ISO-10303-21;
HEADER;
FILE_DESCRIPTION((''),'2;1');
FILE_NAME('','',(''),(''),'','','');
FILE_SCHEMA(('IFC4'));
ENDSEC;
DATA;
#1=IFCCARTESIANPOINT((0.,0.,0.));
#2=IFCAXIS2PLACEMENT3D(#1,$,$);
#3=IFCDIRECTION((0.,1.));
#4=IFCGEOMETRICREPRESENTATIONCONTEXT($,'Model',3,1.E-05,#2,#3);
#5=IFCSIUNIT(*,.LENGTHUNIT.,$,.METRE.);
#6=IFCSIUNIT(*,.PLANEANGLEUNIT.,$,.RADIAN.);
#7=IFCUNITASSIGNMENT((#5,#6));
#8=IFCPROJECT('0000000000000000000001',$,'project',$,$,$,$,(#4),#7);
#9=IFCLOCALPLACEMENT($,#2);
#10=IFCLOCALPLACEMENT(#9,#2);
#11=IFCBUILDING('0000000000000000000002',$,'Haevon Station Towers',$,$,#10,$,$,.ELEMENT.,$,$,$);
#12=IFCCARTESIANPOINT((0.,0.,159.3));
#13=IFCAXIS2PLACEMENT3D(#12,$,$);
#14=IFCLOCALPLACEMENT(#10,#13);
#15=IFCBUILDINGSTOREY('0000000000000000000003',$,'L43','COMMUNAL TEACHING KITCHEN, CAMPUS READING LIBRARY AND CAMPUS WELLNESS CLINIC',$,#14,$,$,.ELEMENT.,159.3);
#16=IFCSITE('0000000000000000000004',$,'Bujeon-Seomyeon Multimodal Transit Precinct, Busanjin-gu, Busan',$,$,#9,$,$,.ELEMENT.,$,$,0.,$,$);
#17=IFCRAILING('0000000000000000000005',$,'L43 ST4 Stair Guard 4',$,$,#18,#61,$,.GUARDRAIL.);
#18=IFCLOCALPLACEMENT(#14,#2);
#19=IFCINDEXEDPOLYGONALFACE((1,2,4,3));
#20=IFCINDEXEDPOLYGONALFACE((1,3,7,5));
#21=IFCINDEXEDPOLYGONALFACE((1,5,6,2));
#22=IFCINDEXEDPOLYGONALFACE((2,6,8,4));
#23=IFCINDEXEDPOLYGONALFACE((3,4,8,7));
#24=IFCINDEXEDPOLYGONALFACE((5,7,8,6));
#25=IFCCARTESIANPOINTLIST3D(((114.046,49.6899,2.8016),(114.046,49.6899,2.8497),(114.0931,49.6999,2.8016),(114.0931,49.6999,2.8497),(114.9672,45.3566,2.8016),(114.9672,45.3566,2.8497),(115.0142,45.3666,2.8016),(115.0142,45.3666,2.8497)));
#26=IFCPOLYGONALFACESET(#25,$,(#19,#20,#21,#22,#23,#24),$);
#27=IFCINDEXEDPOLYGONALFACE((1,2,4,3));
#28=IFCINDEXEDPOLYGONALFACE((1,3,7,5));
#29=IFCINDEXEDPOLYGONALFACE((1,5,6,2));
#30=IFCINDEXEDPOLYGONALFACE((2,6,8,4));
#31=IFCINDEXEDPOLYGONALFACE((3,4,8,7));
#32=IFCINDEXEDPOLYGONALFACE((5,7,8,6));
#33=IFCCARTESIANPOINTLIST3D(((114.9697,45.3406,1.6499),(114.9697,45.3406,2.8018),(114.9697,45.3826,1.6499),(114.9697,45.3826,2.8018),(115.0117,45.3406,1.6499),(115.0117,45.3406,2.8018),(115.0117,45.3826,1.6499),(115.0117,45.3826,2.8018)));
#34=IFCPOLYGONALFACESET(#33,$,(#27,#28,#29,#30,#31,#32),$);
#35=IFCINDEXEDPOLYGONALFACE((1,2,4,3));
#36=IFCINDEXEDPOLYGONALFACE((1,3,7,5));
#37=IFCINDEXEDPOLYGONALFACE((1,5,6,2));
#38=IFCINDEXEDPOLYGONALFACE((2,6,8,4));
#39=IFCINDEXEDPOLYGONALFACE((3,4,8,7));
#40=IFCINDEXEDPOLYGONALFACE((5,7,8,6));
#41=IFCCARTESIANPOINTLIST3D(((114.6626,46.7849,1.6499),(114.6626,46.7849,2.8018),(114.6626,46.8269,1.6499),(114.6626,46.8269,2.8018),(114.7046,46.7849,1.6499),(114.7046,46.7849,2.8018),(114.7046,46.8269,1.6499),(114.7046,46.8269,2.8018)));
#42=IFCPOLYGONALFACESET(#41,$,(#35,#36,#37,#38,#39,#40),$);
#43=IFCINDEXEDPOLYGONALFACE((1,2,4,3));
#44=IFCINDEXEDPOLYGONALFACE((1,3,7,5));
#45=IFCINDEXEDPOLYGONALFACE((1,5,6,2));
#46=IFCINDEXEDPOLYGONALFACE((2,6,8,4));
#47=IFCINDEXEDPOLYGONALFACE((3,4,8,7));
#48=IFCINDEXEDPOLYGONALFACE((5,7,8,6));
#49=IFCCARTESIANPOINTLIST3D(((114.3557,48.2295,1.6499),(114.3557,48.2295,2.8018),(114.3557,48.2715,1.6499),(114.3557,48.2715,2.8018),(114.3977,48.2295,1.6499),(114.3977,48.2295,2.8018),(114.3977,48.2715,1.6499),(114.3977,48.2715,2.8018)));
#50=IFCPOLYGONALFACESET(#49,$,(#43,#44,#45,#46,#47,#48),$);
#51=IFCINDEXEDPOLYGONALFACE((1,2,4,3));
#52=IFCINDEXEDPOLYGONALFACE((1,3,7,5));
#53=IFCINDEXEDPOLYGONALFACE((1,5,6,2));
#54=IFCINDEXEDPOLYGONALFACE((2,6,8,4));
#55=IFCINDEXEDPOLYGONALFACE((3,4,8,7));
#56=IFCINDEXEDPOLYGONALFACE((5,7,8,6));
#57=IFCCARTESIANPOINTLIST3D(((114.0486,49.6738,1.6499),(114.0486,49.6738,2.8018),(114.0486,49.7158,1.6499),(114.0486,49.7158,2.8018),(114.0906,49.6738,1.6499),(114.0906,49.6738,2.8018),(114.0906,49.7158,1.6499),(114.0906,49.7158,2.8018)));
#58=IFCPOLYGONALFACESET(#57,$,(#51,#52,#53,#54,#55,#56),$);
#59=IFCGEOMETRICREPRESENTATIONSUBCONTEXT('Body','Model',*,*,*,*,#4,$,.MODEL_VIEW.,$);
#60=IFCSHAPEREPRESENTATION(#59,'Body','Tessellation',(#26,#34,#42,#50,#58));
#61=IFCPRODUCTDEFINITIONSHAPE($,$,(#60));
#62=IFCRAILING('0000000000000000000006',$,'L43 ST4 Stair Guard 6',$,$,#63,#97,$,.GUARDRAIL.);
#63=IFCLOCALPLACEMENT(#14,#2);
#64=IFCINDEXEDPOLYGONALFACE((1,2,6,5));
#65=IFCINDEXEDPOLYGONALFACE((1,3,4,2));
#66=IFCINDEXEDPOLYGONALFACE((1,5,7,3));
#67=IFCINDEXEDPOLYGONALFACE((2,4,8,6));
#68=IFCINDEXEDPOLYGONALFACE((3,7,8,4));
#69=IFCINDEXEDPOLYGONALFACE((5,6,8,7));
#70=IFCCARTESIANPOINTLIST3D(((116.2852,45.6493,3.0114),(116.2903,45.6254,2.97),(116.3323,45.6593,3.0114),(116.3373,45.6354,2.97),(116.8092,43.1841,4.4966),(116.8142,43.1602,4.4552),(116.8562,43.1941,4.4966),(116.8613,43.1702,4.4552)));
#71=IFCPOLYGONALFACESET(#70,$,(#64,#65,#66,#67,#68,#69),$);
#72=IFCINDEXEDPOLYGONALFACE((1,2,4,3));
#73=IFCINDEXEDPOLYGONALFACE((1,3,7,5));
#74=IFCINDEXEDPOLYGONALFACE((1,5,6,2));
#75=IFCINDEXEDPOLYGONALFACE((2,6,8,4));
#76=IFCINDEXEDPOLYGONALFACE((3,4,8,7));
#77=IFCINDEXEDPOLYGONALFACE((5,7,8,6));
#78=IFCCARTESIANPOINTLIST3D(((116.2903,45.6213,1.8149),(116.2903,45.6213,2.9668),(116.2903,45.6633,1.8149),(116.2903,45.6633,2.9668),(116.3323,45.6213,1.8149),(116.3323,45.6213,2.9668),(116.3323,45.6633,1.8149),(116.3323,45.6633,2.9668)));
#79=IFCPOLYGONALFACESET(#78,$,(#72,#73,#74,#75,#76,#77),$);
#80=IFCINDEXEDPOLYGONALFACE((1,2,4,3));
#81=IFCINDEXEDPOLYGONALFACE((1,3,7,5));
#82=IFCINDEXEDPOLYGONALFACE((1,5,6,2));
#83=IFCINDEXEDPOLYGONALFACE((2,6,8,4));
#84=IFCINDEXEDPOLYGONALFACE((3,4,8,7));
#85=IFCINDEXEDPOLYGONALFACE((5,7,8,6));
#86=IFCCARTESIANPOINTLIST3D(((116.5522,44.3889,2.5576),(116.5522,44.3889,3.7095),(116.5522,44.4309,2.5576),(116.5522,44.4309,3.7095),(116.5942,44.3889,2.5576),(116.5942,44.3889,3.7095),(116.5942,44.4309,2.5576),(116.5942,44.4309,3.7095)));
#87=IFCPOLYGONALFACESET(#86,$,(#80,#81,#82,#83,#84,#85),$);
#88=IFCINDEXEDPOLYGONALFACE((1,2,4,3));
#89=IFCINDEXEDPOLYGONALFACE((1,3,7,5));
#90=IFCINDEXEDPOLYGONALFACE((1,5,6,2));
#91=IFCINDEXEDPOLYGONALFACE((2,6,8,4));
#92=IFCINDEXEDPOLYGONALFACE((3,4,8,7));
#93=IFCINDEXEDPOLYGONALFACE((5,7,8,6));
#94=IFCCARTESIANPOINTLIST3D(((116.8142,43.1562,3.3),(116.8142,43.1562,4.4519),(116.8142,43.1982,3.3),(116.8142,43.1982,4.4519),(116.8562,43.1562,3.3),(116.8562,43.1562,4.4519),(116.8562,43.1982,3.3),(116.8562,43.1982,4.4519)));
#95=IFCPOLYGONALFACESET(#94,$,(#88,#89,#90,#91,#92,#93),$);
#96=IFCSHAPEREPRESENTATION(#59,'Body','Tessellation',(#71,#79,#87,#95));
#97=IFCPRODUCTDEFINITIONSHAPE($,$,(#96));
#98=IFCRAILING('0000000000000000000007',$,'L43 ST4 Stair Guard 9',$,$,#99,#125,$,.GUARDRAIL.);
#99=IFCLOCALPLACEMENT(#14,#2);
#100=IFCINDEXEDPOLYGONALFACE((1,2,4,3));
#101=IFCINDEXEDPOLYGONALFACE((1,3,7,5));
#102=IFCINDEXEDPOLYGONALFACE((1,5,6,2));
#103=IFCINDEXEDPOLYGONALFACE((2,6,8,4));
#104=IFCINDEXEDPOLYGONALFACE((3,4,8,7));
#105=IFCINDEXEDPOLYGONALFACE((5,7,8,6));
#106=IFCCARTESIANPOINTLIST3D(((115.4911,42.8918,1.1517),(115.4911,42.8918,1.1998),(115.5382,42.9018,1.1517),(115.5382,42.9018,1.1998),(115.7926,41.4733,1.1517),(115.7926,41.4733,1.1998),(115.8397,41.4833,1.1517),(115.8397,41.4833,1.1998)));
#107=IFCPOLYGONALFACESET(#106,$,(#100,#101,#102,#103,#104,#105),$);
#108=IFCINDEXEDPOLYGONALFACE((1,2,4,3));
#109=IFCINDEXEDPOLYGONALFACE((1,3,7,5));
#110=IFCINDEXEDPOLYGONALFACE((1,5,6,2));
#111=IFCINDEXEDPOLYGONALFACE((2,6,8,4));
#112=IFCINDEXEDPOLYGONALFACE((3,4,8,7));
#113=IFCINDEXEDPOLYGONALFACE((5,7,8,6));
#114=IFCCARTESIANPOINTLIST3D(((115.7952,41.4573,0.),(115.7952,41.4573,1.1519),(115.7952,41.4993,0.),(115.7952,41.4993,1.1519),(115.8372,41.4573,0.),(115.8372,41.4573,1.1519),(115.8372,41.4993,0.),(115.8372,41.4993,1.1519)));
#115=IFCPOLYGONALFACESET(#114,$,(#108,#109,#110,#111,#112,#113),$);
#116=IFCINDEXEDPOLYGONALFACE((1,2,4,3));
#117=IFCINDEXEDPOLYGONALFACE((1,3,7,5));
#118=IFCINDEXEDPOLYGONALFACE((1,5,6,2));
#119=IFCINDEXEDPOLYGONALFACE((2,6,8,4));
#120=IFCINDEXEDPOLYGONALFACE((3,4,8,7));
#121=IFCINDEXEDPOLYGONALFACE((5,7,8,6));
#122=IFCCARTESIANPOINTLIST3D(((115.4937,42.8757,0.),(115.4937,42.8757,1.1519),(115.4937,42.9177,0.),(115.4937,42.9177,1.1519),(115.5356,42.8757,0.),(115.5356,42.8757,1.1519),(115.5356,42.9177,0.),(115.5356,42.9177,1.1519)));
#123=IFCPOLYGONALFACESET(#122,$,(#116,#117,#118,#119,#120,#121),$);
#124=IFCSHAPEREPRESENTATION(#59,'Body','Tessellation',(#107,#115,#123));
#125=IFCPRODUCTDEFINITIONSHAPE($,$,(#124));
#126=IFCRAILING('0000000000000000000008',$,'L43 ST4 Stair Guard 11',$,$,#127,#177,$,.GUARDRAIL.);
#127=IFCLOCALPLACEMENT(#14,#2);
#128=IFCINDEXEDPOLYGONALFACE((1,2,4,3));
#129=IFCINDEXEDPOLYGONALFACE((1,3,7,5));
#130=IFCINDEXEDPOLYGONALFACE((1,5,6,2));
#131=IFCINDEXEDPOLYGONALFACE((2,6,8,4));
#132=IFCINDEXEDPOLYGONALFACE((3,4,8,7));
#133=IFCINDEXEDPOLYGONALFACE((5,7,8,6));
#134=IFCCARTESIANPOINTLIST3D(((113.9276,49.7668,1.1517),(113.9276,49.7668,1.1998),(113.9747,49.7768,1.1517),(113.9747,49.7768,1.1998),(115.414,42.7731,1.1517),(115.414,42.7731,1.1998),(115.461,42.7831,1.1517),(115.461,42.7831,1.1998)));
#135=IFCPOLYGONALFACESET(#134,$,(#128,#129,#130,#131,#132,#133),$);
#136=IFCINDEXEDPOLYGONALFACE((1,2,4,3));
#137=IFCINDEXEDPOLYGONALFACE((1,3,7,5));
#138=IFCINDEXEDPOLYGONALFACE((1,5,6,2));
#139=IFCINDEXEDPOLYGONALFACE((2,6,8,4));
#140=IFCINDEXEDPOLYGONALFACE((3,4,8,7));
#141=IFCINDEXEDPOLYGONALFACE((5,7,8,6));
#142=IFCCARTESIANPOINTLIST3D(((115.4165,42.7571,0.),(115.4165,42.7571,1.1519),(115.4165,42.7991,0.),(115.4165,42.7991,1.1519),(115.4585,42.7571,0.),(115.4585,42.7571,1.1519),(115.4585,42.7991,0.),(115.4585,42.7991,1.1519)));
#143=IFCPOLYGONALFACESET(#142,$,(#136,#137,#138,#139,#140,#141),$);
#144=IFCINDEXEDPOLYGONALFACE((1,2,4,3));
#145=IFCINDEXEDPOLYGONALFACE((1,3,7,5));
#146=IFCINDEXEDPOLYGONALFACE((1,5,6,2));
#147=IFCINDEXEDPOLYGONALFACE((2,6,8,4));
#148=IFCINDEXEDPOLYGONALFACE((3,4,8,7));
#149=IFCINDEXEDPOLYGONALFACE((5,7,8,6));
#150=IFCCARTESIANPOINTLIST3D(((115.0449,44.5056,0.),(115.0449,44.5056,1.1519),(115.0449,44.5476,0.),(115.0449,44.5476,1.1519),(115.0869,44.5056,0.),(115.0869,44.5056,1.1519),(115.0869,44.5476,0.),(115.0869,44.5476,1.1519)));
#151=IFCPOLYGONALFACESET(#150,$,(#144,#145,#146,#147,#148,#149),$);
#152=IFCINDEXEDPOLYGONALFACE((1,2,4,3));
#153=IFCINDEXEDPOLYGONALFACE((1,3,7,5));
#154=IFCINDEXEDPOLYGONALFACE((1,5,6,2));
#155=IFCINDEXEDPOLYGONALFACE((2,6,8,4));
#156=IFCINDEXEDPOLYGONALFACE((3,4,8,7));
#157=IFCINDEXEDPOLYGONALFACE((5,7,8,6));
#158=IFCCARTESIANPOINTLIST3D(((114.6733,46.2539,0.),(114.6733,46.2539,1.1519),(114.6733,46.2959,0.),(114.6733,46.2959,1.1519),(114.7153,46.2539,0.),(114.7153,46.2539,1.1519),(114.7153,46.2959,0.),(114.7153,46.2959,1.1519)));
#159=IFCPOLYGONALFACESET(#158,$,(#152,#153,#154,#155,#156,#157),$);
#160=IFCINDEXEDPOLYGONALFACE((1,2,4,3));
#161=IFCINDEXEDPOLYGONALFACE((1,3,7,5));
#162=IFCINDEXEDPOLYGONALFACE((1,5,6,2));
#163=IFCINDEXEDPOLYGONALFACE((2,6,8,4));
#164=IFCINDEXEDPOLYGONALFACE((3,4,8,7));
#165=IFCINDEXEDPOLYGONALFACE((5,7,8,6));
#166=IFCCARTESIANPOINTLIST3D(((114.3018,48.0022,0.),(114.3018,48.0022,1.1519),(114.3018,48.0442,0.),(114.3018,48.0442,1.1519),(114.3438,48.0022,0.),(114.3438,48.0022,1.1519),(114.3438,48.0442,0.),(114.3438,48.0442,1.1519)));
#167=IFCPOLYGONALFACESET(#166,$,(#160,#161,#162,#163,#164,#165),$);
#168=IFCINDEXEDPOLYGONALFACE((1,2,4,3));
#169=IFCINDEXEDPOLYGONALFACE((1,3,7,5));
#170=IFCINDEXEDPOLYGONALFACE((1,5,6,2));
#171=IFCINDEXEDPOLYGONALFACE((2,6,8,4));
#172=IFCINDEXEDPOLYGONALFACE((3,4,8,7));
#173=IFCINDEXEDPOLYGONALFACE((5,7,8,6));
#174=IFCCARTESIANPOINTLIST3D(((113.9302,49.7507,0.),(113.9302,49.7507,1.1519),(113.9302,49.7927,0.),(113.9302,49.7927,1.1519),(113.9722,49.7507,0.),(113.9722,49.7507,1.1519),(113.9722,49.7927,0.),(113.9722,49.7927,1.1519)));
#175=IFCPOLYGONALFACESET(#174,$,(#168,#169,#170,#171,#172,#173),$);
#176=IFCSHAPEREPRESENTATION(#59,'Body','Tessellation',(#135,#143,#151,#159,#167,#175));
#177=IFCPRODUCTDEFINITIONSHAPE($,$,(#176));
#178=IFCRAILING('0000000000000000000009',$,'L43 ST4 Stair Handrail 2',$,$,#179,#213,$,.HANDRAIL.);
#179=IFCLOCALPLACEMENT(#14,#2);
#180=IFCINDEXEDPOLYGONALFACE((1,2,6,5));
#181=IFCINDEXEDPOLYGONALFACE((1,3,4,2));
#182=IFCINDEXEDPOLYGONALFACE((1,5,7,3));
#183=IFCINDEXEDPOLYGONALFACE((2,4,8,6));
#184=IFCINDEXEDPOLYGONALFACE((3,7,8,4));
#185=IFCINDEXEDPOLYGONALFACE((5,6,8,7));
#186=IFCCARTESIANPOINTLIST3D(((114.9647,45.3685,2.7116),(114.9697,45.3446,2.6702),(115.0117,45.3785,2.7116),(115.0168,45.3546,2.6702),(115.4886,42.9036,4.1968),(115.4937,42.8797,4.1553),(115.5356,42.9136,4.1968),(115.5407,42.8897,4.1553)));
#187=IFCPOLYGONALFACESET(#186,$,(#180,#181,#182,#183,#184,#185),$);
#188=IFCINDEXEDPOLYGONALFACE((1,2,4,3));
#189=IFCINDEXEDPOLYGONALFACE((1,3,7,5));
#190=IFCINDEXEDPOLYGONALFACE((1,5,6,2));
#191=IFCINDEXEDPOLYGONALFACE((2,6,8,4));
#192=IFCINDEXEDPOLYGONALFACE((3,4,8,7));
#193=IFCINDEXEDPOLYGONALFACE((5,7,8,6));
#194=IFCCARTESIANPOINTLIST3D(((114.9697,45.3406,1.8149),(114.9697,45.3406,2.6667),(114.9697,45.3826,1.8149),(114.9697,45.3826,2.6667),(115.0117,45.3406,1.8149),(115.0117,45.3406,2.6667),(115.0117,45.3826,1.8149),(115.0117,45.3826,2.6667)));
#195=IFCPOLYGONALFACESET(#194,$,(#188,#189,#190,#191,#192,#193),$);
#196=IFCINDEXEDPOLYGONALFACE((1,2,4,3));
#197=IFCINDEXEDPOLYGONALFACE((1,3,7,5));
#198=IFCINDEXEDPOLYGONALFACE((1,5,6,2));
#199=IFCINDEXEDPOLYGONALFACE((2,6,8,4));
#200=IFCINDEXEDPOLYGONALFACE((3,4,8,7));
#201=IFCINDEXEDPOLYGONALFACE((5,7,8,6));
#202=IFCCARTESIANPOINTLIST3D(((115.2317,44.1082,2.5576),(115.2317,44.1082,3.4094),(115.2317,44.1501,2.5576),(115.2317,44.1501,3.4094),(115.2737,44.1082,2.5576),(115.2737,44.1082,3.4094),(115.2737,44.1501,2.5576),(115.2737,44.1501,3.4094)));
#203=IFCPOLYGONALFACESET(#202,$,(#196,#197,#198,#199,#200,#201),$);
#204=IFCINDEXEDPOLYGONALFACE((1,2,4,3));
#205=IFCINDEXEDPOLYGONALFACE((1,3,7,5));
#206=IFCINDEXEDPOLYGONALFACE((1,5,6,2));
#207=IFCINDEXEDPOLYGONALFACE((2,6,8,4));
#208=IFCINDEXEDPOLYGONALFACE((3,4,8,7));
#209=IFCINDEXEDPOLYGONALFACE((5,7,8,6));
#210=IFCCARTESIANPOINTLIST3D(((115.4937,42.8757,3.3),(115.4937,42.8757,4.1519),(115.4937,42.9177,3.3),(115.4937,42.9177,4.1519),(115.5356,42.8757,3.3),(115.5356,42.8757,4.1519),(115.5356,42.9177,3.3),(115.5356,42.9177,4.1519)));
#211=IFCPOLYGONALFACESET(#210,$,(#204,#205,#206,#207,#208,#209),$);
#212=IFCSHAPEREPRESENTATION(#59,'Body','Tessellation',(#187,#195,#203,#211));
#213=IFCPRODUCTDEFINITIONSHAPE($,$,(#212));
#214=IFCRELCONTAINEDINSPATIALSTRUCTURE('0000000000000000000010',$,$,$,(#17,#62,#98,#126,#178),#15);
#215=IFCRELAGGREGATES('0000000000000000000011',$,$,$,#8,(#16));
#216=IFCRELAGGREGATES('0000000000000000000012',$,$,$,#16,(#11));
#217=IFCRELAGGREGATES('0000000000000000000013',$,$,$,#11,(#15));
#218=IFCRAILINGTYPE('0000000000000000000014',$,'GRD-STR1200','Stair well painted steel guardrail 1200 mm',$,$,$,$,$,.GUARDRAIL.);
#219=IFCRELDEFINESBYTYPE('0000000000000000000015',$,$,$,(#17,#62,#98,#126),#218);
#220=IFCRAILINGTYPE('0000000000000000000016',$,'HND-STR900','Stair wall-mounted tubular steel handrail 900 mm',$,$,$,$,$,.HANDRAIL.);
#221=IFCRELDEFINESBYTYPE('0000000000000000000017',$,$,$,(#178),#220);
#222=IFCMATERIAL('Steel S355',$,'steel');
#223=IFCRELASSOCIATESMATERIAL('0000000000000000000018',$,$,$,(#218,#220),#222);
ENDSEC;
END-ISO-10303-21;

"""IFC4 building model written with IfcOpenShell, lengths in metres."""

from ifc_helpers import new_model, si_unit, direction, frame, origin, origin_2d, place, context, subcontext, project, spatial, rectangle, extrude, material, type_object, element, save


model = new_model("IFC4")

# Units and contexts
model_context = context("Model", 3, precision=1e-05, world=origin(), true_north=direction((0.0, 1.0)))
body_context = subcontext(model_context, "Body", "Model", "MODEL_VIEW")
ifc_project = project(units=[si_unit("LENGTHUNIT", "METRE"), si_unit("PLANEANGLEUNIT", "RADIAN")], contexts=[model_context])

# Site, building, storey
site_placement = place(None, origin())
site = spatial("IfcSite", under=ifc_project, at=site_placement, Name="Bujeon-Seomyeon Multimodal Transit Precinct, Busanjin-gu, Busan", CompositionType="ELEMENT", RefElevation=0.0)
building_placement = place(site_placement, origin())
building = spatial("IfcBuilding", under=site, at=building_placement, Name="Haevon Station Towers", CompositionType="ELEMENT")
storey_placement = place(building_placement, frame((0.0, 0.0, 159.3)))
storey = spatial("IfcBuildingStorey", under=building, at=storey_placement, Name="L43", Description="COMMUNAL TEACHING KITCHEN, CAMPUS READING LIBRARY AND CAMPUS WELLNESS CLINIC", CompositionType="ELEMENT", Elevation=159.3)

# Shared definitions
ifc_material_1 = material(Name="Steel S355", Category="steel")

# Railings
railing_type_1 = type_object("IfcRailingType", Name="GRD-STR1200", Description="Stair well painted steel guardrail 1200 mm", PredefinedType="GUARDRAIL", material=ifc_material_1)
railing_1_placement = place(storey_placement, frame((114.9907, 45.3616, 1.6499)))
element("IfcRailing", 1, at=railing_1_placement, inside=storey, type_object=railing_type_1, Name="L43 ST4 Stair Guard 4", PredefinedType="GUARDRAIL", context=body_context, shape_type="SweptSolid", body=[
    extrude(rectangle(XDim=0.0481, YDim=0.0481, at=origin_2d()), frame((0.0, 0.0, 1.1758), z_axis=(-0.207929, 0.978144, 0.0), x_axis=(-0.978144, -0.207929, 0.0)), (0.0, 0.0, 1.0), 4.4302),
    extrude(rectangle(XDim=0.042, YDim=0.042, at=origin_2d()), origin(), (0.0, 0.0, 1.0), 1.1519),
    extrude(rectangle(XDim=0.042, YDim=0.042, at=origin_2d()), frame((-0.3071, 1.4443, 0.0)), (0.0, 0.0, 1.0), 1.1519),
    extrude(rectangle(XDim=0.042, YDim=0.042, at=origin_2d()), frame((-0.614, 2.8889, 0.0)), (0.0, 0.0, 1.0), 1.1519),
    extrude(rectangle(XDim=0.042, YDim=0.042, at=origin_2d()), frame((-0.9211, 4.3333, 0.0)), (0.0, 0.0, 1.0), 1.1519),
])
railing_2_placement = place(storey_placement, frame((116.3113, 45.6423, 1.8149)))
element("IfcRailing", 2, at=railing_2_placement, inside=storey, type_object=railing_type_1, Name="L43 ST4 Stair Guard 6", PredefinedType="GUARDRAIL", context=body_context, shape_type="SweptSolid", body=[
    extrude(rectangle(XDim=0.0481, YDim=0.0481, at=origin_2d()), frame((0.0, 0.0, 1.1758), z_axis=(0.179109, -0.842712, 0.507697), x_axis=(0.978151, 0.207895, 0.0)), (0.0, 0.0, 1.0), 2.9253),
    extrude(rectangle(XDim=0.042, YDim=0.042, at=origin_2d()), origin(), (0.0, 0.0, 1.0), 1.1519),
    extrude(rectangle(XDim=0.042, YDim=0.042, at=origin_2d()), frame((0.262, -1.2324, 0.7427)), (0.0, 0.0, 1.0), 1.1519),
    extrude(rectangle(XDim=0.042, YDim=0.042, at=origin_2d()), frame((0.5239, -2.4651, 1.4851)), (0.0, 0.0, 1.0), 1.1519),
])
railing_3_placement = place(storey_placement, frame((115.8162, 41.4783, 0.0)))
element("IfcRailing", 3, at=railing_3_placement, inside=storey, type_object=railing_type_1, Name="L43 ST4 Stair Guard 9", PredefinedType="GUARDRAIL", context=body_context, shape_type="SweptSolid", body=[
    extrude(rectangle(XDim=0.0481, YDim=0.0481, at=origin_2d()), frame((0.0, 0.0, 1.1758), z_axis=(-0.207919, 0.978146, 0.0), x_axis=(-0.978146, -0.207919, 0.0)), (0.0, 0.0, 1.0), 1.4502),
    extrude(rectangle(XDim=0.042, YDim=0.042, at=origin_2d()), origin(), (0.0, 0.0, 1.0), 1.1519),
    extrude(rectangle(XDim=0.042, YDim=0.042, at=origin_2d()), frame((-0.3015, 1.4185, 0.0)), (0.0, 0.0, 1.0), 1.1519),
])
railing_4_placement = place(storey_placement, frame((115.4375, 42.7781, 0.0)))
element("IfcRailing", 4, at=railing_4_placement, inside=storey, type_object=railing_type_1, Name="L43 ST4 Stair Guard 11", PredefinedType="GUARDRAIL", context=body_context, shape_type="SweptSolid", body=[
    extrude(rectangle(XDim=0.0481, YDim=0.0481, at=origin_2d()), frame((0.0, 0.0, 1.1758), z_axis=(-0.207882, 0.978154, 0.0), x_axis=(-0.978154, -0.207882, 0.0)), (0.0, 0.0, 1.0), 7.1499),
    extrude(rectangle(XDim=0.042, YDim=0.042, at=origin_2d()), origin(), (0.0, 0.0, 1.0), 1.1519),
    extrude(rectangle(XDim=0.042, YDim=0.042, at=origin_2d()), frame((-0.3716, 1.7485, 0.0)), (0.0, 0.0, 1.0), 1.1519),
    extrude(rectangle(XDim=0.042, YDim=0.042, at=origin_2d()), frame((-0.7432, 3.4968, 0.0)), (0.0, 0.0, 1.0), 1.1519),
    extrude(rectangle(XDim=0.042, YDim=0.042, at=origin_2d()), frame((-1.1147, 5.2451, 0.0)), (0.0, 0.0, 1.0), 1.1519),
    extrude(rectangle(XDim=0.042, YDim=0.042, at=origin_2d()), frame((-1.4863, 6.9937, 0.0)), (0.0, 0.0, 1.0), 1.1519),
])
railing_type_2 = type_object("IfcRailingType", Name="HND-STR900", Description="Stair wall-mounted tubular steel handrail 900 mm", PredefinedType="HANDRAIL", material=ifc_material_1)
railing_5_placement = place(storey_placement, frame((114.9907, 45.3616, 1.8149)))
element("IfcRailing", 5, at=railing_5_placement, inside=storey, type_object=railing_type_2, Name="L43 ST4 Stair Handrail 2", PredefinedType="HANDRAIL", context=body_context, shape_type="SweptSolid", body=[
    extrude(rectangle(XDim=0.0481, YDim=0.0481, at=origin_2d()), frame((0.0, 0.0, 0.876), z_axis=(0.179121, -0.842688, 0.507733), x_axis=(0.978147, 0.207914, 0.0)), (0.0, 0.0, 1.0), 2.925),
    extrude(rectangle(XDim=0.042, YDim=0.042, at=origin_2d()), origin(), (0.0, 0.0, 1.0), 0.8518),
    extrude(rectangle(XDim=0.042, YDim=0.042, at=origin_2d()), frame((0.262, -1.2324, 0.7427)), (0.0, 0.0, 1.0), 0.8518),
    extrude(rectangle(XDim=0.042, YDim=0.042, at=origin_2d()), frame((0.5239, -2.4648, 1.4851)), (0.0, 0.0, 1.0), 0.8518),
])

save(model, "model.ifc")
